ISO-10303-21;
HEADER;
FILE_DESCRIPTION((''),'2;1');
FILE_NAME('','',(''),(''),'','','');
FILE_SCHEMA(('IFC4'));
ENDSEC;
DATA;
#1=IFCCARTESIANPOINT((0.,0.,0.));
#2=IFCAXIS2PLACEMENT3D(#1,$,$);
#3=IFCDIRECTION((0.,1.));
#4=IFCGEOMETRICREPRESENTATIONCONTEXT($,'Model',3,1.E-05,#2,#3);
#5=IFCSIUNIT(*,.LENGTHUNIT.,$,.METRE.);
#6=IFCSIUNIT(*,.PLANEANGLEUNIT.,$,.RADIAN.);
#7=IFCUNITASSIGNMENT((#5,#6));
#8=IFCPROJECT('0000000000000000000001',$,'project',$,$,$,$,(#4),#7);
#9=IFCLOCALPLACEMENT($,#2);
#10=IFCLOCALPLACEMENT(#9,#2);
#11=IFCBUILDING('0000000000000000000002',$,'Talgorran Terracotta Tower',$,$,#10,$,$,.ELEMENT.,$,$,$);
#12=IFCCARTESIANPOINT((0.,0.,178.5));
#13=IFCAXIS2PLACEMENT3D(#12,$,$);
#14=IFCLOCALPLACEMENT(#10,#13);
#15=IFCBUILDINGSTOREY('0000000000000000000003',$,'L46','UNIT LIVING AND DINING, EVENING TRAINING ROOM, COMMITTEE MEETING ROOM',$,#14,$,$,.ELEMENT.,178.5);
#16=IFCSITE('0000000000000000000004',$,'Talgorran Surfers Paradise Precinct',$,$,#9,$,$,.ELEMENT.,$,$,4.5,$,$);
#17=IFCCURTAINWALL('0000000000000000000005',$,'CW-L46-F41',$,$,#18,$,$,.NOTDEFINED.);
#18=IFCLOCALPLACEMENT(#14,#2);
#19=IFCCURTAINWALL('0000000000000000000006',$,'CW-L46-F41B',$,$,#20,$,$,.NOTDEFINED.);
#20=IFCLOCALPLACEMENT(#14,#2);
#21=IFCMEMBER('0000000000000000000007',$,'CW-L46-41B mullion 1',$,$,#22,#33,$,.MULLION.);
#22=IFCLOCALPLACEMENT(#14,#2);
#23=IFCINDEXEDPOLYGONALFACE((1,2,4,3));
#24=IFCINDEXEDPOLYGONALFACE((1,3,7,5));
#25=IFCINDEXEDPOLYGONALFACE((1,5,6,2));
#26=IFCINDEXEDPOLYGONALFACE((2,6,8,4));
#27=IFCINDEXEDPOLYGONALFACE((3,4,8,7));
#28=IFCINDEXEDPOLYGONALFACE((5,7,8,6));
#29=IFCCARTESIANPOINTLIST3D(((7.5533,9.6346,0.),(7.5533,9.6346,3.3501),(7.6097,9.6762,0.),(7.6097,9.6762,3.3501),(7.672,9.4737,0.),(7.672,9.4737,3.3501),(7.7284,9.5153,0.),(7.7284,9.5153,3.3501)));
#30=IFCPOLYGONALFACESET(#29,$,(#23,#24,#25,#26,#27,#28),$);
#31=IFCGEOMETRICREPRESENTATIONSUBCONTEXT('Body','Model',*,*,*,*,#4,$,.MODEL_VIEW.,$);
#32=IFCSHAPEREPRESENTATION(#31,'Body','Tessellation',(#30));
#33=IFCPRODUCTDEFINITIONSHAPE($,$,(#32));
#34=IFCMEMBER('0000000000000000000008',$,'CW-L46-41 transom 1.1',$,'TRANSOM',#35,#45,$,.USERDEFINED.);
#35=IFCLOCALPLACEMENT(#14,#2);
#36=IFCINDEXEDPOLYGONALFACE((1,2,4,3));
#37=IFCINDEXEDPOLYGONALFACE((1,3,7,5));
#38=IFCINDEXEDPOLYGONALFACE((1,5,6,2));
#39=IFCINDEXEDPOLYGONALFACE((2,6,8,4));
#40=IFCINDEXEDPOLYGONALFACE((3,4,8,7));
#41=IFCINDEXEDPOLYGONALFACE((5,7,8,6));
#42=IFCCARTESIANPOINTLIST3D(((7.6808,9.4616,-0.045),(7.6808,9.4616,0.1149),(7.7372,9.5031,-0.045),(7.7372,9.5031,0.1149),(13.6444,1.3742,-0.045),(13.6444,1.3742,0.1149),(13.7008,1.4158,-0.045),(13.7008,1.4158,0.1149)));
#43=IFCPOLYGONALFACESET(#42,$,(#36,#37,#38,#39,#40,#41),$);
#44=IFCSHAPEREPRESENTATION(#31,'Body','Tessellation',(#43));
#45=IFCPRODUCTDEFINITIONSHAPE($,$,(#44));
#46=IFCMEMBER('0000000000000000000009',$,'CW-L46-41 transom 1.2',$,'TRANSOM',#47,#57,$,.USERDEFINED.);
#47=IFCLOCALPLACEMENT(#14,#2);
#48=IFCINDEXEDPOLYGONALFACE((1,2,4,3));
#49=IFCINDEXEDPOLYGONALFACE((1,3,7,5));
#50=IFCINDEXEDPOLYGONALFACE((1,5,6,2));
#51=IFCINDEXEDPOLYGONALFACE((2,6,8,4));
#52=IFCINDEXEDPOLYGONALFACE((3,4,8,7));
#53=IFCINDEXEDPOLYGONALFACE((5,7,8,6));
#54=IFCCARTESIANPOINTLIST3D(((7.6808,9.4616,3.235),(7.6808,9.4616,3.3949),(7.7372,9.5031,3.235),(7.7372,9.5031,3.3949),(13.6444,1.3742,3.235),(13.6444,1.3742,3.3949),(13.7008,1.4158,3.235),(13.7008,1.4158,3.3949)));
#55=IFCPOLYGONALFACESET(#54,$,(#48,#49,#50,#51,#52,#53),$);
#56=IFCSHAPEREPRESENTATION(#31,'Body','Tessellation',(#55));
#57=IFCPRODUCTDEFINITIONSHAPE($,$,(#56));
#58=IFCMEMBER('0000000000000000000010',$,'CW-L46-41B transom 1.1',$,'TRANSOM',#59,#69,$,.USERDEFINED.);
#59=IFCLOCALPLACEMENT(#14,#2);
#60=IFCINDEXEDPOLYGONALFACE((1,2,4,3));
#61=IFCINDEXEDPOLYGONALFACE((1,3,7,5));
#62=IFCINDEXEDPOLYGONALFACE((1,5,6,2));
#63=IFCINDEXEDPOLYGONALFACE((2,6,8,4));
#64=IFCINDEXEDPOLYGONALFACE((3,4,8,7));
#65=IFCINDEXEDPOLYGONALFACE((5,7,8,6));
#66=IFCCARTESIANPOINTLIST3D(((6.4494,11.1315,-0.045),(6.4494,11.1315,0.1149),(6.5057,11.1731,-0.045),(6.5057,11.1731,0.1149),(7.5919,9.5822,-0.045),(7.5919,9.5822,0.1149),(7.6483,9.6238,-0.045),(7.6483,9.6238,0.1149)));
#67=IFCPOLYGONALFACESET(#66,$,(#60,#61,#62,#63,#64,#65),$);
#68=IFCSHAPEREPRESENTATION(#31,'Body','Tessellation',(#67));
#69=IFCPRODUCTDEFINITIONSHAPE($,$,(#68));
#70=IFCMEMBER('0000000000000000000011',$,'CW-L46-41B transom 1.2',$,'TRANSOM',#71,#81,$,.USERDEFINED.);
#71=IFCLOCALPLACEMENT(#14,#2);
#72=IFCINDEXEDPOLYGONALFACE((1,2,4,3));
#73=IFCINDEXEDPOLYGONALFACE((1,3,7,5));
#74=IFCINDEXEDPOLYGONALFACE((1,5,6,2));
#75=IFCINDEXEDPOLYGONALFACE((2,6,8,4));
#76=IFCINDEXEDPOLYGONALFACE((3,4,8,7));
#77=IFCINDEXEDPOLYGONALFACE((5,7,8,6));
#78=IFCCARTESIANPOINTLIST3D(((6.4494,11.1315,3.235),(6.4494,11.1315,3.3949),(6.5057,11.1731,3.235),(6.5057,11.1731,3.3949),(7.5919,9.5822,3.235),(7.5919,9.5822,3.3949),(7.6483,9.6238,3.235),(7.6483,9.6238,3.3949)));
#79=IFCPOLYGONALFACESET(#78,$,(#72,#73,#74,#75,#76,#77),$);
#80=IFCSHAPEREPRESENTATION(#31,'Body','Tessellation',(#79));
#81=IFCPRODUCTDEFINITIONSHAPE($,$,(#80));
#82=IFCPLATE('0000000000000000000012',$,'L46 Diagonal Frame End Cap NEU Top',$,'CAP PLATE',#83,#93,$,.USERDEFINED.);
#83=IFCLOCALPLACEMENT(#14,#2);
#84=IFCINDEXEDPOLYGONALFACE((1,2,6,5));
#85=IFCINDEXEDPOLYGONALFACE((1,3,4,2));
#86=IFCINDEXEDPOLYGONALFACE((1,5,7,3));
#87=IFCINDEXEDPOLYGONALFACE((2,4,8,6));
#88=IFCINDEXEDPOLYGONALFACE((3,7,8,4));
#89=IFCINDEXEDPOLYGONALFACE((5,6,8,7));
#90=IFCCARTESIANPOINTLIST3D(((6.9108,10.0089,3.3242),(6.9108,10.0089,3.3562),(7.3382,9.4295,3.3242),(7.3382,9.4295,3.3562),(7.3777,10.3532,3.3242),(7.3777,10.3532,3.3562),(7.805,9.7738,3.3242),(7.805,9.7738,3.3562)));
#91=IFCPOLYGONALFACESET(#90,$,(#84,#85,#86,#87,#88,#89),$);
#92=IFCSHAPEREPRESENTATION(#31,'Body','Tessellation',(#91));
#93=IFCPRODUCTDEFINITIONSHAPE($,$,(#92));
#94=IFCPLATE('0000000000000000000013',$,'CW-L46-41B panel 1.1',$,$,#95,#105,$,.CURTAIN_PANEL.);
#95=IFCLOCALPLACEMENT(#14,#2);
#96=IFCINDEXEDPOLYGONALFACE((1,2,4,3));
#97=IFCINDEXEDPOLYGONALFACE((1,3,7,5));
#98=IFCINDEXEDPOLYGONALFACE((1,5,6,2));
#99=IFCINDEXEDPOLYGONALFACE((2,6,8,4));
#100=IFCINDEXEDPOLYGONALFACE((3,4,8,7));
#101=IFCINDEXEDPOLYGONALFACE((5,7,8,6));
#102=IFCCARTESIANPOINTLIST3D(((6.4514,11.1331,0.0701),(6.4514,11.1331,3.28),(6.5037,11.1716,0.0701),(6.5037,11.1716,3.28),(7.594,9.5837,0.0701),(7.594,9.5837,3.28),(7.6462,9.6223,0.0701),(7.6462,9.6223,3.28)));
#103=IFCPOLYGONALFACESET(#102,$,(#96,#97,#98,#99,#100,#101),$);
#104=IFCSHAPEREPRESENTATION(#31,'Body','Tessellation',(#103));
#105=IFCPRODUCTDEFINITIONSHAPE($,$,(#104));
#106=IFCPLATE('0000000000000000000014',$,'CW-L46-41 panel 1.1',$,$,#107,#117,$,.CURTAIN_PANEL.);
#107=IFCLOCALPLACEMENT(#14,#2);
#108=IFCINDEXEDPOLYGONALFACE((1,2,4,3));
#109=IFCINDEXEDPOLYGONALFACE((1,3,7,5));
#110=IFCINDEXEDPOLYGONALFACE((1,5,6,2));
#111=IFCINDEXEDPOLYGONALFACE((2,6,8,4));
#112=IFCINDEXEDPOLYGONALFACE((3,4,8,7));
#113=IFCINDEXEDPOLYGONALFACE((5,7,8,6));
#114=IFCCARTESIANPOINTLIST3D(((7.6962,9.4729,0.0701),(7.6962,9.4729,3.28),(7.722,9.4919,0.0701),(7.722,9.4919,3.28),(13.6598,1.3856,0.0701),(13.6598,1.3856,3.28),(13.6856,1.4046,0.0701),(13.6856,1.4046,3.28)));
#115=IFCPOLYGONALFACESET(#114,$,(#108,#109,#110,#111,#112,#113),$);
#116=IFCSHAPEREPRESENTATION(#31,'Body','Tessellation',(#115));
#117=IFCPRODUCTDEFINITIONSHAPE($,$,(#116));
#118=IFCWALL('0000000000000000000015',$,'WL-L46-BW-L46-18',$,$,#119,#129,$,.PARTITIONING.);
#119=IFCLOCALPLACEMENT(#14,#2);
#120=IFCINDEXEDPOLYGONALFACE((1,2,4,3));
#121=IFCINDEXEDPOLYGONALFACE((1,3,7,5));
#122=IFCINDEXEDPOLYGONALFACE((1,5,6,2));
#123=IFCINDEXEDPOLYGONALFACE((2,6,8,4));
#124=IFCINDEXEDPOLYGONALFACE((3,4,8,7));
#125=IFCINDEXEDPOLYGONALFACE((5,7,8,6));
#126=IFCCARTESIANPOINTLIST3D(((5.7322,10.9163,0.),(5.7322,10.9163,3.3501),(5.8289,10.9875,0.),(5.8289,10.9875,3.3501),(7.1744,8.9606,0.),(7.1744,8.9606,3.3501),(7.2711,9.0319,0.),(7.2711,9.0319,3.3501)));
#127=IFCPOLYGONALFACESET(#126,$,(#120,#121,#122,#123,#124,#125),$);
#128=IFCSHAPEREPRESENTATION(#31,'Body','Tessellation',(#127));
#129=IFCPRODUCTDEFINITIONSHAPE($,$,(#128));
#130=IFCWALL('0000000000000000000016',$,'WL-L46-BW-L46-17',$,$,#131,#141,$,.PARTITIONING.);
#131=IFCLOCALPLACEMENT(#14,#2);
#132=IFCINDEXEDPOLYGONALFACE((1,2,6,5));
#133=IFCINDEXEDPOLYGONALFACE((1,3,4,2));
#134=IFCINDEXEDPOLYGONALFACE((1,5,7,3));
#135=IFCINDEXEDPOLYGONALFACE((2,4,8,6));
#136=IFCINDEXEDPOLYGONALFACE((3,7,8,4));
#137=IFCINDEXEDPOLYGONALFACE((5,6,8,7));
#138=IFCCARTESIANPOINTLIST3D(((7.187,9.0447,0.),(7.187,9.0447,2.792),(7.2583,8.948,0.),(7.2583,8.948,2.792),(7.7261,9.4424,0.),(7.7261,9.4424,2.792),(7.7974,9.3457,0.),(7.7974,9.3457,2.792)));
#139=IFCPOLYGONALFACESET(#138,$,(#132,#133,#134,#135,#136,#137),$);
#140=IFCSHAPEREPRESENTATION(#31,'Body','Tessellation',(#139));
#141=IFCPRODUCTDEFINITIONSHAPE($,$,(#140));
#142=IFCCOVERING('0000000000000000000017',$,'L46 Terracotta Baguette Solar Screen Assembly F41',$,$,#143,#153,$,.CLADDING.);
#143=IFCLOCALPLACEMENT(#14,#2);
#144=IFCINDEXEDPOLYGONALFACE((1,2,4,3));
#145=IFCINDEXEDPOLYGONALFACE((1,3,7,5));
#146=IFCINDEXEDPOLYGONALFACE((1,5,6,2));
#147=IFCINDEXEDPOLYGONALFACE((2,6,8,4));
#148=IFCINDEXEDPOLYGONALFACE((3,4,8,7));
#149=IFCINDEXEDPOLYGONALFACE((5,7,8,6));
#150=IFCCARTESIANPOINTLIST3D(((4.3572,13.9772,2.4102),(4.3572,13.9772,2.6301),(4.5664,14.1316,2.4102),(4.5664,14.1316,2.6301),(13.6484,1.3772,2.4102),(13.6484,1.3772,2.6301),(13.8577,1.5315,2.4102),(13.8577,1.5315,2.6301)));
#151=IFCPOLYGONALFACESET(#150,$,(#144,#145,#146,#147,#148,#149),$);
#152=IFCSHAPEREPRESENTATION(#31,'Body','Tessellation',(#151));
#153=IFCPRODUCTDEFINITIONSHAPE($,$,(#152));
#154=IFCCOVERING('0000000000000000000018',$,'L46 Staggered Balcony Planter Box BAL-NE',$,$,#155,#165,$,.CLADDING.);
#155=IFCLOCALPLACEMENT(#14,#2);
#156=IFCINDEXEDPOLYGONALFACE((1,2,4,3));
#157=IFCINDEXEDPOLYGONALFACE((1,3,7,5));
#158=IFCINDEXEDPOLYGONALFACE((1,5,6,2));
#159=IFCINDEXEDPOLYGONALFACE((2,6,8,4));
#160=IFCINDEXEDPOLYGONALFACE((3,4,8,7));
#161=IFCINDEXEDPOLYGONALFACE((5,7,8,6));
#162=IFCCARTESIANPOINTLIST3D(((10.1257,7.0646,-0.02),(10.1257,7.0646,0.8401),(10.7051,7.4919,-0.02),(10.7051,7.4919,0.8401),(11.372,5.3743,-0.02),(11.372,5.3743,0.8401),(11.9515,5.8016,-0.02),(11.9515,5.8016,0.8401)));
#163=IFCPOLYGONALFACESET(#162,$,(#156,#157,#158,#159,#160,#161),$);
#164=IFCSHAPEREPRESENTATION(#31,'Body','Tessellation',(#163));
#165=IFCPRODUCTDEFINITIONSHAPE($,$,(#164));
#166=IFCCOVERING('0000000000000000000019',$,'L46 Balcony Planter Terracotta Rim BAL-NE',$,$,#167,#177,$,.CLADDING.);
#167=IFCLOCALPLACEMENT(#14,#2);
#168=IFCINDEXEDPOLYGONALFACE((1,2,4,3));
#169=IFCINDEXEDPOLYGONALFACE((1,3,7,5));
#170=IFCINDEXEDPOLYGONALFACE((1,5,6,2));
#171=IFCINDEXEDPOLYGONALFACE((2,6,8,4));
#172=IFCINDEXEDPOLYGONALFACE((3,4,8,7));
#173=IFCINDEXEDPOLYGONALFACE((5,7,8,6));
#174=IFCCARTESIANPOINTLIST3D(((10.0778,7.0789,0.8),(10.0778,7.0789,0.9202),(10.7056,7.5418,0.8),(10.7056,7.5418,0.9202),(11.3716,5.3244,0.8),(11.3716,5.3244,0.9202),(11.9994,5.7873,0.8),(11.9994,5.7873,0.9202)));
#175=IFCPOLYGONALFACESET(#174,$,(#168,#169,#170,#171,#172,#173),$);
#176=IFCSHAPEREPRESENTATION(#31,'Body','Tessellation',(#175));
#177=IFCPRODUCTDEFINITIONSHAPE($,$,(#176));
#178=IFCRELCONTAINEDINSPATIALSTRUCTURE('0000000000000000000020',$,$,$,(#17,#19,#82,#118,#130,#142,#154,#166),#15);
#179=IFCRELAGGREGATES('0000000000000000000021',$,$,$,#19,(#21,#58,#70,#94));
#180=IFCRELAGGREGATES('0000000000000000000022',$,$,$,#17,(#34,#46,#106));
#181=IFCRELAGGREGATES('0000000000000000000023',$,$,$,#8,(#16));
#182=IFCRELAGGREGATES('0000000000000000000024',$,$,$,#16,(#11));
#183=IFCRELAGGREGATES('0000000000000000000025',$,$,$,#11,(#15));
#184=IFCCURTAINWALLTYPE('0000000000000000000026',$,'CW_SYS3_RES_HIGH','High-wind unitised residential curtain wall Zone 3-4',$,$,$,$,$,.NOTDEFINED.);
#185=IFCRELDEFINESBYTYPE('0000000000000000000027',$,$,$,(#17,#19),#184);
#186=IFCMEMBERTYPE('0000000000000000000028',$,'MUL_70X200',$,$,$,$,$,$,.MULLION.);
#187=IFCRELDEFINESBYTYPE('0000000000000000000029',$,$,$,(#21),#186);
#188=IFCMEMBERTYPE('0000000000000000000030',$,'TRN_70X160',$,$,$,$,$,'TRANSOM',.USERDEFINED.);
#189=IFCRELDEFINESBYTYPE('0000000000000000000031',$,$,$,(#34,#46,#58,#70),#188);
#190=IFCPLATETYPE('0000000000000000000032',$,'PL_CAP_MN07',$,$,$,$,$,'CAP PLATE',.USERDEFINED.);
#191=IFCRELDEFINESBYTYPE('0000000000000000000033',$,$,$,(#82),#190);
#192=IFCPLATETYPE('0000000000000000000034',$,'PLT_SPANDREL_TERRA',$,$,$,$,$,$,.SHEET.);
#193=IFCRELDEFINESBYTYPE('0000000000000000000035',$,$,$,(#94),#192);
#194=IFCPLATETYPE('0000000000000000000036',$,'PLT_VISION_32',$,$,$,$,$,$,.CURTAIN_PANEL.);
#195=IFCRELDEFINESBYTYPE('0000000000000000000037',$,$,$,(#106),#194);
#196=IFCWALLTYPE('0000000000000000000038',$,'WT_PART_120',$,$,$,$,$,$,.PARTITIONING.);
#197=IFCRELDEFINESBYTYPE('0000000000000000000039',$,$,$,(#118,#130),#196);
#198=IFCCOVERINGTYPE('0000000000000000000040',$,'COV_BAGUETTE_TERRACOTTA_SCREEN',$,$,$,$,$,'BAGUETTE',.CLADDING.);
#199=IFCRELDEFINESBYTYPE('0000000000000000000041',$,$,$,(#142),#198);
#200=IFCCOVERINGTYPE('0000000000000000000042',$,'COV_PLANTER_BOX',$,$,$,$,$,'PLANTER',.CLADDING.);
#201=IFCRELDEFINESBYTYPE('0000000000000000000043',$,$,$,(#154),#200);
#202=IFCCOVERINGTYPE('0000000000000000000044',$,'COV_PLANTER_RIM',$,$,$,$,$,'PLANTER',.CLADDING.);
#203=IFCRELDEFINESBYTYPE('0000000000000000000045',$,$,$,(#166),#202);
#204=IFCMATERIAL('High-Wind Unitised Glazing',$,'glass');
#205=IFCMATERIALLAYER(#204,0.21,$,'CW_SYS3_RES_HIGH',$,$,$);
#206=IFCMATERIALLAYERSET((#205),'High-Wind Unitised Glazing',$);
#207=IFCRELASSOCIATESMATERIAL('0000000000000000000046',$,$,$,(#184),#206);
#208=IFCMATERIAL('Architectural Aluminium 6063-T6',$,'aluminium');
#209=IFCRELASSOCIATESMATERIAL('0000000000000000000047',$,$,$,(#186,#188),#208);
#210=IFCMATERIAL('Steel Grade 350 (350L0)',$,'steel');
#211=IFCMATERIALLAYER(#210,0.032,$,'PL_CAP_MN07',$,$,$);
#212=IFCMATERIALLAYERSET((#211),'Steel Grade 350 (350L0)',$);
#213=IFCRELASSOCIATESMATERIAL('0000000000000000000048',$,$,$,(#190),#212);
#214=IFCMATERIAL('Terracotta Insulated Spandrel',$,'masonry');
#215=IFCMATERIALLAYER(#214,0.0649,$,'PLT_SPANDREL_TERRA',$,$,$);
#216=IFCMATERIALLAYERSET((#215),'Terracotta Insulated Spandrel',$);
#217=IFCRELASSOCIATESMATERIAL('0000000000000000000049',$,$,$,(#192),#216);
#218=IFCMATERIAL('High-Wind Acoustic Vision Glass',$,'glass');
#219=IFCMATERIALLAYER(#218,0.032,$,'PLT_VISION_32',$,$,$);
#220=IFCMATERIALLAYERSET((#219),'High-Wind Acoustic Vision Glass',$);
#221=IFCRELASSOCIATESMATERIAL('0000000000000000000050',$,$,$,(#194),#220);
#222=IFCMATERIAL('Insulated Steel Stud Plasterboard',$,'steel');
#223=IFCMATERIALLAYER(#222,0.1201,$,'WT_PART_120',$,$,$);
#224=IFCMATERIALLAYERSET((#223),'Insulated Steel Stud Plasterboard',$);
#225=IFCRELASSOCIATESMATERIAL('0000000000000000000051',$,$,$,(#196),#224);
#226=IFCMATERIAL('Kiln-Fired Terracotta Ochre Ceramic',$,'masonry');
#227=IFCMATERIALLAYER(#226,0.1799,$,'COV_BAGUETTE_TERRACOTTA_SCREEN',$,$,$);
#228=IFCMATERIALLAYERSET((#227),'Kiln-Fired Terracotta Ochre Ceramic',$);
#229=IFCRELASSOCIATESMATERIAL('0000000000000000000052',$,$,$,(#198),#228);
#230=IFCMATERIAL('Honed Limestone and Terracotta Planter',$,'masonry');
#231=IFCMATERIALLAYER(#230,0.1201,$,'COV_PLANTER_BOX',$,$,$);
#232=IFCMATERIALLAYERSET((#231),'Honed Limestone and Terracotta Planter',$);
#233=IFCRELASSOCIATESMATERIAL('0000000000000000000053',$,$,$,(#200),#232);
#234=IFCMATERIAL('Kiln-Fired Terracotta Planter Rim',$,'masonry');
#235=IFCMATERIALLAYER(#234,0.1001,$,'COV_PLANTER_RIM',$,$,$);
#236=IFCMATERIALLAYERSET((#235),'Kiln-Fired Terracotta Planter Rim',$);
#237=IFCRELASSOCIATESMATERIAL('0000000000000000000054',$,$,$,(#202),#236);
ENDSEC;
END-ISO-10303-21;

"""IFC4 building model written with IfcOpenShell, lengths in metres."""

from ifc_helpers import new_model, si_unit, direction, frame, frame_2d, origin, origin_2d, place, context, subcontext, project, spatial, rectangle, extrude, source, transform, mapped, material, layer, layer_set, material_profile, profile_set, type_object, type_shapes, element, aggregate, save


model = new_model("IFC4")

# Units and contexts
model_context = context("Model", 3, precision=1e-05, world=origin(), true_north=direction((0.0, 1.0)))
body_context = subcontext(model_context, "Body", "Model", "MODEL_VIEW")
ifc_project = project(units=[si_unit("LENGTHUNIT", "METRE"), si_unit("PLANEANGLEUNIT", "RADIAN")], contexts=[model_context])

# Site, building, storey
site_placement = place(None, origin())
site = spatial("IfcSite", under=ifc_project, at=site_placement, Name="Talgorran Surfers Paradise Precinct", CompositionType="ELEMENT", RefElevation=4.5)
building_placement = place(site_placement, origin())
building = spatial("IfcBuilding", under=site, at=building_placement, Name="Talgorran Terracotta Tower", CompositionType="ELEMENT")
storey_placement = place(building_placement, frame((0.0, 0.0, 178.5)))
storey = spatial("IfcBuildingStorey", under=building, at=storey_placement, Name="L46", Description="UNIT LIVING AND DINING, EVENING TRAINING ROOM, COMMITTEE MEETING ROOM", CompositionType="ELEMENT", Elevation=178.5)

# Shared definitions
ifc_material_1 = material(Name="Steel Grade 350 (350L0)", Category="steel")

# Curtain wall
ifc_material_2 = material(Name="High-Wind Unitised Glazing", Category="glass")
ifc_layer_1 = layer(ifc_material_2, 0.21, Name="CW_SYS3_RES_HIGH")
ifc_layer_set_1 = layer_set([ifc_layer_1], Name="High-Wind Unitised Glazing")
curtain_wall_type = type_object("IfcCurtainWallType", Name="CW_SYS3_RES_HIGH", Description="High-wind unitised residential curtain wall Zone 3-4", PredefinedType="NOTDEFINED", material=ifc_layer_set_1)
curtain_wall_1_placement = place(storey_placement, origin())
curtain_wall_1 = element("IfcCurtainWall", 1, at=curtain_wall_1_placement, inside=storey, type_object=curtain_wall_type, Name="CW-L46-F41", PredefinedType="NOTDEFINED")
ifc_material_3 = material(Name="Architectural Aluminium 6063-T6", Category="aluminium")
ifc_material_profile_1 = material_profile(ifc_material_3, rectangle(XDim=0.0701, YDim=0.2, at=origin_2d()), Name="CWM70X200")
ifc_profile_set_1 = profile_set([ifc_material_profile_1], Name="Architectural Aluminium 6063-T6")
member_type_1 = type_object("IfcMemberType", Name="MUL_70X200", PredefinedType="MULLION", material=ifc_profile_set_1)

# Curtain wall, member
curtain_wall_2_placement = place(storey_placement, origin())
curtain_wall_2 = element("IfcCurtainWall", 2, at=curtain_wall_2_placement, inside=storey, type_object=curtain_wall_type, Name="CW-L46-F41B", PredefinedType="NOTDEFINED")
member_1_placement = place(storey_placement, frame((7.6409, 9.575, 0.0), z_axis=(0.0, 0.0, 1.0), x_axis=(-0.804826, -0.593511, 0.0)))
member_1 = element("IfcMember", 3, at=member_1_placement, type_object=member_type_1, Name="CW-L46-41B mullion 1", PredefinedType="MULLION", context=body_context, shape_type="SweptSolid", body=[
    extrude(rectangle(XDim=0.0701, YDim=0.2, at=origin_2d()), origin(), (0.0, 0.0, 1.0), 3.3501),
])

# Members
ifc_material_profile_2 = material_profile(ifc_material_3, rectangle(XDim=0.0701, YDim=0.1599, at=origin_2d()), Name="CWT70X160")
ifc_profile_set_2 = profile_set([ifc_material_profile_2], Name="Architectural Aluminium 6063-T6")
member_type_2 = type_object("IfcMemberType", Name="TRN_70X160", ElementType="TRANSOM", PredefinedType="USERDEFINED", material=ifc_profile_set_2)
member_2_placement = place(storey_placement, frame((13.6726, 1.395, 0.0349), z_axis=(-0.593488, 0.804843, 0.0), x_axis=(-0.804843, -0.593488, 0.0)))
member_2 = element("IfcMember", 4, at=member_2_placement, type_object=member_type_2, Name="CW-L46-41 transom 1.1", ObjectType="TRANSOM", PredefinedType="USERDEFINED", context=body_context, shape_type="SweptSolid", body=[
    extrude(rectangle(XDim=0.0701, YDim=0.1599, at=origin_2d()), origin(), (0.0, 0.0, 1.0), 10.0483),
])
member_3_placement = place(storey_placement, frame((13.6726, 1.395, 3.3149), z_axis=(-0.593488, 0.804843, 0.0), x_axis=(-0.804843, -0.593488, 0.0)))
member_3 = element("IfcMember", 5, at=member_3_placement, type_object=member_type_2, Name="CW-L46-41 transom 1.2", ObjectType="TRANSOM", PredefinedType="USERDEFINED", context=body_context, shape_type="SweptSolid", body=[
    extrude(rectangle(XDim=0.0701, YDim=0.1599, at=origin_2d()), origin(), (0.0, 0.0, 1.0), 10.0483),
])
member_4_placement = place(storey_placement, frame((7.6201, 9.603, 0.0349), z_axis=(-0.593528, 0.804814, 0.0), x_axis=(-0.804814, -0.593528, 0.0)))
member_4 = element("IfcMember", 6, at=member_4_placement, type_object=member_type_2, Name="CW-L46-41B transom 1.1", ObjectType="TRANSOM", PredefinedType="USERDEFINED", context=body_context, shape_type="SweptSolid", body=[
    extrude(rectangle(XDim=0.0701, YDim=0.1599, at=origin_2d()), origin(), (0.0, 0.0, 1.0), 1.925),
])
member_5_placement = place(storey_placement, frame((7.6201, 9.603, 3.3149), z_axis=(-0.593528, 0.804814, 0.0), x_axis=(-0.804814, -0.593528, 0.0)))
member_5 = element("IfcMember", 7, at=member_5_placement, type_object=member_type_2, Name="CW-L46-41B transom 1.2", ObjectType="TRANSOM", PredefinedType="USERDEFINED", context=body_context, shape_type="SweptSolid", body=[
    extrude(rectangle(XDim=0.0701, YDim=0.1599, at=origin_2d()), origin(), (0.0, 0.0, 1.0), 1.925),
])

# Plates
ifc_layer_2 = layer(ifc_material_1, 0.032, Name="PL_CAP_MN07")
ifc_layer_set_2 = layer_set([ifc_layer_2], Name="Steel Grade 350 (350L0)")
plate_type_1 = type_object("IfcPlateType", Name="PL_CAP_MN07", ElementType="CAP PLATE", PredefinedType="USERDEFINED", material=ifc_layer_set_2)
plate_1_placement = place(storey_placement, frame((7.3579, 9.8914, 3.3242), z_axis=(0.0, 0.0, 1.0), x_axis=(0.593559, -0.80479, 0.0)))
element("IfcPlate", 8, at=plate_1_placement, inside=storey, type_object=plate_type_1, Name="L46 Diagonal Frame End Cap NEU Top", ObjectType="CAP PLATE", PredefinedType="USERDEFINED", context=body_context, shape_type="SweptSolid", body=[
    extrude(rectangle(XDim=0.72, YDim=0.5801, at=origin_2d()), origin(), (0.0, 0.0, 1.0), 0.032),
])
ifc_material_4 = material(Name="Terracotta Insulated Spandrel", Category="masonry")
ifc_layer_3 = layer(ifc_material_4, 0.0649, Name="PLT_SPANDREL_TERRA")
ifc_layer_set_3 = layer_set([ifc_layer_3], Name="Terracotta Insulated Spandrel")
plate_type_2 = type_object("IfcPlateType", Name="PLT_SPANDREL_TERRA", PredefinedType="SHEET", material=ifc_layer_set_3)
shared_shape_1 = source(origin(), body_context, "Body", "SweptSolid", [
    extrude(rectangle(XDim=1.925, YDim=0.0649, at=origin_2d()), origin(), (0.0, 0.0, 1.0), 3.21),
])
type_shapes(plate_type_2, [shared_shape_1])
plate_2_placement = place(storey_placement, frame((7.0488, 10.3777, 0.0701), z_axis=(0.0, 0.0, 1.0), x_axis=(-0.593511, 0.804826, 0.0)))
plate_2 = element("IfcPlate", 9, at=plate_2_placement, type_object=plate_type_2, Name="CW-L46-41B panel 1.1", PredefinedType="CURTAIN_PANEL", context=body_context, shape_type="MappedRepresentation", body=[
    mapped(shared_shape_1, transform((0.0, 0.0, 0.0), scale=1.0)),
])
aggregate(curtain_wall_2, [member_1, member_4, member_5, plate_2])
ifc_material_5 = material(Name="High-Wind Acoustic Vision Glass", Category="glass")
ifc_layer_4 = layer(ifc_material_5, 0.032, Name="PLT_VISION_32")
ifc_layer_set_4 = layer_set([ifc_layer_4], Name="High-Wind Acoustic Vision Glass")
plate_type_3 = type_object("IfcPlateType", Name="PLT_VISION_32", PredefinedType="CURTAIN_PANEL", material=ifc_layer_set_4)
shared_shape_2 = source(origin(), body_context, "Body", "SweptSolid", [
    extrude(rectangle(XDim=10.0483, YDim=0.032, at=origin_2d()), origin(), (0.0, 0.0, 1.0), 3.21),
])
type_shapes(plate_type_3, [shared_shape_2])
plate_3_placement = place(storey_placement, frame((10.6909, 5.4387, 0.0701), z_axis=(0.0, 0.0, 1.0), x_axis=(-0.593491, 0.80484, 0.0)))
plate_3 = element("IfcPlate", 10, at=plate_3_placement, type_object=plate_type_3, Name="CW-L46-41 panel 1.1", PredefinedType="CURTAIN_PANEL", context=body_context, shape_type="MappedRepresentation", body=[
    mapped(shared_shape_2, transform((0.0, 0.0, 0.0), scale=1.0)),
])
aggregate(curtain_wall_1, [member_2, member_3, plate_3])

# Walls
ifc_material_6 = material(Name="Insulated Steel Stud Plasterboard", Category="steel")
ifc_layer_5 = layer(ifc_material_6, 0.1201, Name="WT_PART_120")
ifc_layer_set_5 = layer_set([ifc_layer_5], Name="Insulated Steel Stud Plasterboard")
wall_type = type_object("IfcWallType", Name="WT_PART_120", PredefinedType="PARTITIONING", material=ifc_layer_set_5)
wall_1_placement = place(storey_placement, frame((7.2227, 8.9963, 0.0), z_axis=(0.0, 0.0, 1.0), x_axis=(-0.593518, 0.804821, 0.0)))
element("IfcWall", 11, at=wall_1_placement, inside=storey, type_object=wall_type, Name="WL-L46-BW-L46-18", PredefinedType="PARTITIONING", context=body_context, shape_type="SweptSolid", body=[
    extrude(rectangle(XDim=2.4299, YDim=0.1201, at=frame_2d((1.2148, 0.0))), origin(), (0.0, 0.0, 1.0), 3.3501),
])
wall_2_placement = place(storey_placement, frame((7.7617, 9.394, 0.0), z_axis=(0.0, 0.0, 1.0), x_axis=(-0.804698, -0.593684, 0.0)))
element("IfcWall", 12, at=wall_2_placement, inside=storey, type_object=wall_type, Name="WL-L46-BW-L46-17", PredefinedType="PARTITIONING", context=body_context, shape_type="SweptSolid", body=[
    extrude(rectangle(XDim=0.6699, YDim=0.1201, at=frame_2d((0.335, 0.0))), origin(), (0.0, 0.0, 1.0), 2.792),
])

# Coverings
ifc_material_7 = material(Name="Kiln-Fired Terracotta Ochre Ceramic", Category="masonry")
ifc_layer_6 = layer(ifc_material_7, 0.1799, Name="COV_BAGUETTE_TERRACOTTA_SCREEN")
ifc_layer_set_6 = layer_set([ifc_layer_6], Name="Kiln-Fired Terracotta Ochre Ceramic")
covering_type_1 = type_object("IfcCoveringType", Name="COV_BAGUETTE_TERRACOTTA_SCREEN", ElementType="BAGUETTE", PredefinedType="CLADDING", material=ifc_layer_set_6)
covering_1_placement = place(storey_placement, frame((9.1074, 7.7544, 2.4102), z_axis=(0.0, 0.0, 1.0), x_axis=(-0.593489, 0.804842, 0.0)))
element("IfcCovering", 13, at=covering_1_placement, inside=storey, type_object=covering_type_1, Name="L46 Terracotta Baguette Solar Screen Assembly F41", PredefinedType="CLADDING", context=body_context, shape_type="SweptSolid", body=[
    extrude(rectangle(XDim=15.6553, YDim=0.26, at=origin_2d()), origin(), (0.0, 0.0, 1.0), 0.22),
])
ifc_material_8 = material(Name="Honed Limestone and Terracotta Planter", Category="masonry")
ifc_layer_7 = layer(ifc_material_8, 0.1201, Name="COV_PLANTER_BOX")
ifc_layer_set_7 = layer_set([ifc_layer_7], Name="Honed Limestone and Terracotta Planter")
covering_type_2 = type_object("IfcCoveringType", Name="COV_PLANTER_BOX", ElementType="PLANTER", PredefinedType="CLADDING", material=ifc_layer_set_7)
covering_2_placement = place(storey_placement, frame((11.0386, 6.4331, -0.02), z_axis=(0.0, 0.0, 1.0), x_axis=(-0.593489, 0.804842, 0.0)))
element("IfcCovering", 14, at=covering_2_placement, inside=storey, type_object=covering_type_2, Name="L46 Staggered Balcony Planter Box BAL-NE", PredefinedType="CLADDING", context=body_context, shape_type="SweptSolid", body=[
    extrude(rectangle(XDim=2.1001, YDim=0.72, at=origin_2d()), origin(), (0.0, 0.0, 1.0), 0.8601),
])
ifc_material_9 = material(Name="Kiln-Fired Terracotta Planter Rim", Category="masonry")
ifc_layer_8 = layer(ifc_material_9, 0.1001, Name="COV_PLANTER_RIM")
ifc_layer_set_8 = layer_set([ifc_layer_8], Name="Kiln-Fired Terracotta Planter Rim")
covering_type_3 = type_object("IfcCoveringType", Name="COV_PLANTER_RIM", ElementType="PLANTER", PredefinedType="CLADDING", material=ifc_layer_set_8)
covering_3_placement = place(storey_placement, frame((11.0386, 6.4331, 0.8), z_axis=(0.0, 0.0, 1.0), x_axis=(-0.593489, 0.804842, 0.0)))
element("IfcCovering", 15, at=covering_3_placement, inside=storey, type_object=covering_type_3, Name="L46 Balcony Planter Terracotta Rim BAL-NE", PredefinedType="CLADDING", context=body_context, shape_type="SweptSolid", body=[
    extrude(rectangle(XDim=2.1799, YDim=0.78, at=origin_2d()), origin(), (0.0, 0.0, 1.0), 0.1201),
])

save(model, "model.ifc")
